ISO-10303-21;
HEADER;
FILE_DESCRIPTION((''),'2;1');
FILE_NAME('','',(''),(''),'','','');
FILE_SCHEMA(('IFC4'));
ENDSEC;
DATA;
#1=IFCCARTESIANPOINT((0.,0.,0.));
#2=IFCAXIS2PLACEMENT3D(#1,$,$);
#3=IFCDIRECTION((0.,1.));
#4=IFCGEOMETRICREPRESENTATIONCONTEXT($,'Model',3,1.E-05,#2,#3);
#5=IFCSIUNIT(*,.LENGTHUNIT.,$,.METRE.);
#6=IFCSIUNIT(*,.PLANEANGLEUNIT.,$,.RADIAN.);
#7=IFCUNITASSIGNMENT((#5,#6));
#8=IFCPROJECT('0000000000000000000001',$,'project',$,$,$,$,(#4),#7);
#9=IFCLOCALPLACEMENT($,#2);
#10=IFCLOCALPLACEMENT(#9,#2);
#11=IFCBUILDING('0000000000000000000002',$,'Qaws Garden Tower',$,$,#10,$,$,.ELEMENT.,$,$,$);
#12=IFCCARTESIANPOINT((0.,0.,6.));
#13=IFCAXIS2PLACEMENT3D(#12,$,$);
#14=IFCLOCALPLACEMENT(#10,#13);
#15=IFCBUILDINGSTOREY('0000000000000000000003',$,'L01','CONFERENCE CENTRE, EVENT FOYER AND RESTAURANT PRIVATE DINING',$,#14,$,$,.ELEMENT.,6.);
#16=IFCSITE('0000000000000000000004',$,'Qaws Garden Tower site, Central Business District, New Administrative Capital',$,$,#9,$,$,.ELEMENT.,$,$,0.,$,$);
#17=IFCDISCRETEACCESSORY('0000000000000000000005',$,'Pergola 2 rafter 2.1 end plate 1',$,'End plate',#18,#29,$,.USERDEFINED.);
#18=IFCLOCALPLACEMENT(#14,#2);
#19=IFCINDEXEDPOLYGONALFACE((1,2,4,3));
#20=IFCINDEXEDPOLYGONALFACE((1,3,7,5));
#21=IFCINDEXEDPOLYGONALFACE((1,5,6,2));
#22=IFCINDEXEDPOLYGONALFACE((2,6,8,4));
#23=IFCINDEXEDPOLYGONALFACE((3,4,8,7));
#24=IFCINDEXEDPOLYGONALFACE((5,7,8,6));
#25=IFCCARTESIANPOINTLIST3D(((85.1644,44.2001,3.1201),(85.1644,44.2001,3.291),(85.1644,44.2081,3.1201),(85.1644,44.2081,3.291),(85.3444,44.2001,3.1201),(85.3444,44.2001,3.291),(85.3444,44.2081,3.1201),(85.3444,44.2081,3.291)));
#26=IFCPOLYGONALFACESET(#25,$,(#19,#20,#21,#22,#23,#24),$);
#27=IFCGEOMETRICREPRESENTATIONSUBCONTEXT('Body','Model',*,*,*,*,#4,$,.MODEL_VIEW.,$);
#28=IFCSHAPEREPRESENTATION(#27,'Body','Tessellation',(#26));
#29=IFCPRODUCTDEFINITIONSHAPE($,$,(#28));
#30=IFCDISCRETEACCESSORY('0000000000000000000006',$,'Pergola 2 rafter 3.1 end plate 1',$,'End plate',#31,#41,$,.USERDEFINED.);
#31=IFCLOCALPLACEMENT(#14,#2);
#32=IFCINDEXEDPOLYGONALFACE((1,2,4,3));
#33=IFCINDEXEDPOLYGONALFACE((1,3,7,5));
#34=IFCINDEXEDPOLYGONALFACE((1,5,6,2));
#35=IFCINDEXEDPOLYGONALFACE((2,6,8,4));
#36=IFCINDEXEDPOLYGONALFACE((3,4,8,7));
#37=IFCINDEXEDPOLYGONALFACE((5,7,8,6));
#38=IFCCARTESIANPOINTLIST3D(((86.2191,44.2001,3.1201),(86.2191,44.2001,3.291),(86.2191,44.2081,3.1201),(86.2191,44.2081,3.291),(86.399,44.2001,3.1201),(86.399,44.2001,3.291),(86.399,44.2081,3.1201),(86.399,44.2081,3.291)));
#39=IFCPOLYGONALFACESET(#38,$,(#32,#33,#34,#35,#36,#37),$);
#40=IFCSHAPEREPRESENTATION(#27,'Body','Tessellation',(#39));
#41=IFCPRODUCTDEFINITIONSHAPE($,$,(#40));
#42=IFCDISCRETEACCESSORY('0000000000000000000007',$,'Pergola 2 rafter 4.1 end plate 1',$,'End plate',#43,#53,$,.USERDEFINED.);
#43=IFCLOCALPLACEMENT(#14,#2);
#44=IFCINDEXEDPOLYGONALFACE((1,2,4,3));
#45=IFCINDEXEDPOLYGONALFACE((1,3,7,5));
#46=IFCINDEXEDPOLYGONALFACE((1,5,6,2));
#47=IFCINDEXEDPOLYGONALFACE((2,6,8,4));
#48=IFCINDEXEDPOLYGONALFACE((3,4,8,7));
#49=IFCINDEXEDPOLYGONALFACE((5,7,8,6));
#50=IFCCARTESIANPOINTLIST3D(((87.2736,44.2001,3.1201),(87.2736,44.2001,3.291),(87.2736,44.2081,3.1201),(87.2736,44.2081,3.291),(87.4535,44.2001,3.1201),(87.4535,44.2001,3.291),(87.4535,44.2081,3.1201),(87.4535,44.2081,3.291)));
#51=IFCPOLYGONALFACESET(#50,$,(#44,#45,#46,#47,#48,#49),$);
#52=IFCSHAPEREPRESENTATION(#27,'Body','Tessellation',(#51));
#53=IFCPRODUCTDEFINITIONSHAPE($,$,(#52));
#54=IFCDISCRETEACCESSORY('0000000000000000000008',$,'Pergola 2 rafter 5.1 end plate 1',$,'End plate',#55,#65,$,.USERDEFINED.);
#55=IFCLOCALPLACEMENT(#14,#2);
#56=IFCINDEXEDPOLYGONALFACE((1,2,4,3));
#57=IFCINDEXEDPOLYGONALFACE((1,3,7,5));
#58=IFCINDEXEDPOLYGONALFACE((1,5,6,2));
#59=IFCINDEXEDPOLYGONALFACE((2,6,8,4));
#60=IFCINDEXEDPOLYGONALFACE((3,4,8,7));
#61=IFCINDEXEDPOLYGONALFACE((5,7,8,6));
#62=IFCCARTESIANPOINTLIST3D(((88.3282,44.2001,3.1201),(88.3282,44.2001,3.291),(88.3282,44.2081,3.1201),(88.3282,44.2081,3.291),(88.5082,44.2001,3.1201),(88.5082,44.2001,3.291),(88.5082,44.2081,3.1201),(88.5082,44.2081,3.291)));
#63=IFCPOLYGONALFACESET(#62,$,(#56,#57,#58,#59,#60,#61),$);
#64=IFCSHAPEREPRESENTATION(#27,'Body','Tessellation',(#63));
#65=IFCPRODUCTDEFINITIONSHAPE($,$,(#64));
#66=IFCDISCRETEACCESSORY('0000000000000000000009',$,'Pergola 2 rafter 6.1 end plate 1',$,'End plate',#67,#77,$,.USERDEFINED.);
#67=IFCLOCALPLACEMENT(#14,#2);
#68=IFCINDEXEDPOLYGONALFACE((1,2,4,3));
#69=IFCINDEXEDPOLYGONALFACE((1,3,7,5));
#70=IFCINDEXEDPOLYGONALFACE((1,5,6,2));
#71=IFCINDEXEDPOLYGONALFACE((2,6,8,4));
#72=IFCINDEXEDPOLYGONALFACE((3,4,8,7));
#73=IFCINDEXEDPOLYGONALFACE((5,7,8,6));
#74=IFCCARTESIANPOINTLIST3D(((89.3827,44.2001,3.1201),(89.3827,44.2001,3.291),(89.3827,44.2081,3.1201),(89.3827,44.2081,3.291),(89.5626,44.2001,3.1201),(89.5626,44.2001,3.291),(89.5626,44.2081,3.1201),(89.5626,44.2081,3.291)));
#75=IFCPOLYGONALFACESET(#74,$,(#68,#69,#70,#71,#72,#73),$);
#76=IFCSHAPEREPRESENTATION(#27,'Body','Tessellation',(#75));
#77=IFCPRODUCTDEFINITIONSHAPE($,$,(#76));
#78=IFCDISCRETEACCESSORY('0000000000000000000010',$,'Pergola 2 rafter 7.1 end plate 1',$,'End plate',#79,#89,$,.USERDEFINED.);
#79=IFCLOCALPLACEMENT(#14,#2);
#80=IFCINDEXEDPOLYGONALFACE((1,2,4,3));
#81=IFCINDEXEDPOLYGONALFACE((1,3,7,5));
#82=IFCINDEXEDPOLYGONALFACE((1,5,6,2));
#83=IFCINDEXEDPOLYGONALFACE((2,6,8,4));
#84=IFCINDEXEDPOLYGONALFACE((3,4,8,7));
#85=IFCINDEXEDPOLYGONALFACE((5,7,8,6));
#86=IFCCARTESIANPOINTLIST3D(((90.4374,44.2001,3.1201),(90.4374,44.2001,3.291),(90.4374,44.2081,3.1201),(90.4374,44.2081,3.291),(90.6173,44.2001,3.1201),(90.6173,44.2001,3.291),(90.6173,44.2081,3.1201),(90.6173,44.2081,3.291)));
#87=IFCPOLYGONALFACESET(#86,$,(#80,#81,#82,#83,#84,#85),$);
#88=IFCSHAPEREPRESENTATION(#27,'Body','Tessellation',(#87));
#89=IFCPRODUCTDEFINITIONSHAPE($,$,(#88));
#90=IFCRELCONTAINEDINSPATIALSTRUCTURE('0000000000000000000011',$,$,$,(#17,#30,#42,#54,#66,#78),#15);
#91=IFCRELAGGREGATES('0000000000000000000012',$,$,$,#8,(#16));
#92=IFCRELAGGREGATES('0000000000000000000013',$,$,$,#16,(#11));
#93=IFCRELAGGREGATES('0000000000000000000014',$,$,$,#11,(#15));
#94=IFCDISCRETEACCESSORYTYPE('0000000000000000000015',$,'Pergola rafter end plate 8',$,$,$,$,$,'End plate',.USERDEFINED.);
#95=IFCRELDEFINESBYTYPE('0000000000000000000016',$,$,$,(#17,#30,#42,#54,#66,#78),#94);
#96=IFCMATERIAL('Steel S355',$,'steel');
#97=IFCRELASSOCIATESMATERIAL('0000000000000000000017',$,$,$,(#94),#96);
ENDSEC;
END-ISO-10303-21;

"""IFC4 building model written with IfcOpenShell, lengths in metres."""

from ifc_helpers import new_model, si_unit, direction, frame, origin, origin_2d, place, context, subcontext, project, spatial, rectangle, extrude, material, type_object, element, save


model = new_model("IFC4")

# Units and contexts
model_context = context("Model", 3, precision=1e-05, world=origin(), true_north=direction((0.0, 1.0)))
body_context = subcontext(model_context, "Body", "Model", "MODEL_VIEW")
ifc_project = project(units=[si_unit("LENGTHUNIT", "METRE"), si_unit("PLANEANGLEUNIT", "RADIAN")], contexts=[model_context])

# Site, building, storey
site_placement = place(None, origin())
site = spatial("IfcSite", under=ifc_project, at=site_placement, Name="Qaws Garden Tower site, Central Business District, New Administrative Capital", CompositionType="ELEMENT", RefElevation=0.0)
building_placement = place(site_placement, origin())
building = spatial("IfcBuilding", under=site, at=building_placement, Name="Qaws Garden Tower", CompositionType="ELEMENT")
storey_placement = place(building_placement, frame((0.0, 0.0, 6.0)))
storey = spatial("IfcBuildingStorey", under=building, at=storey_placement, Name="L01", Description="CONFERENCE CENTRE, EVENT FOYER AND RESTAURANT PRIVATE DINING", CompositionType="ELEMENT", Elevation=6.0)

# Discrete accessories
ifc_material_1 = material(Name="Steel S355", Category="steel")
discrete_accessory_type = type_object("IfcDiscreteAccessoryType", Name="Pergola rafter end plate 8", ElementType="End plate", PredefinedType="USERDEFINED", material=ifc_material_1)
for number, where, z_axis, x_axis, name in (
    (1, (85.2544, 44.2041, 3.1201), (0.0, 0.0, 1.0), (1.0, 0.0, 0.0), "Pergola 2 rafter 2.1 end plate 1"),
    (2, (86.3091, 44.2041, 3.1201), (0.0, 0.0, 1.0), (1.0, 0.0, 0.0), "Pergola 2 rafter 3.1 end plate 1"),
    (3, (87.3635, 44.2041, 3.1201), (0.0, 0.0, 1.0), (1.0, 0.0, 0.0), "Pergola 2 rafter 4.1 end plate 1"),
    (4, (88.4182, 44.2041, 3.1201), (0.0, 0.0, 1.0), (1.0, 0.0, 0.0), "Pergola 2 rafter 5.1 end plate 1"),
    (5, (89.4727, 44.2041, 3.1201), (0.0, 0.0, 1.0), (1.0, 0.0, 0.0), "Pergola 2 rafter 6.1 end plate 1"),
    (6, (90.5273, 44.2041, 3.1201), (0.0, 0.0, 1.0), (1.0, 0.0, 0.0), "Pergola 2 rafter 7.1 end plate 1"),
):
    element("IfcDiscreteAccessory", number, at=place(storey_placement, frame(where, z_axis=z_axis, x_axis=x_axis)), inside=storey, type_object=discrete_accessory_type, Name=name, ObjectType="End plate", PredefinedType="USERDEFINED", context=body_context, shape_type="SweptSolid", body=[
        extrude(rectangle(XDim=0.1799, YDim=0.0081, at=origin_2d()), origin(), (0.0, 0.0, 1.0), 0.1709),
    ])

save(model, "model.ifc")
